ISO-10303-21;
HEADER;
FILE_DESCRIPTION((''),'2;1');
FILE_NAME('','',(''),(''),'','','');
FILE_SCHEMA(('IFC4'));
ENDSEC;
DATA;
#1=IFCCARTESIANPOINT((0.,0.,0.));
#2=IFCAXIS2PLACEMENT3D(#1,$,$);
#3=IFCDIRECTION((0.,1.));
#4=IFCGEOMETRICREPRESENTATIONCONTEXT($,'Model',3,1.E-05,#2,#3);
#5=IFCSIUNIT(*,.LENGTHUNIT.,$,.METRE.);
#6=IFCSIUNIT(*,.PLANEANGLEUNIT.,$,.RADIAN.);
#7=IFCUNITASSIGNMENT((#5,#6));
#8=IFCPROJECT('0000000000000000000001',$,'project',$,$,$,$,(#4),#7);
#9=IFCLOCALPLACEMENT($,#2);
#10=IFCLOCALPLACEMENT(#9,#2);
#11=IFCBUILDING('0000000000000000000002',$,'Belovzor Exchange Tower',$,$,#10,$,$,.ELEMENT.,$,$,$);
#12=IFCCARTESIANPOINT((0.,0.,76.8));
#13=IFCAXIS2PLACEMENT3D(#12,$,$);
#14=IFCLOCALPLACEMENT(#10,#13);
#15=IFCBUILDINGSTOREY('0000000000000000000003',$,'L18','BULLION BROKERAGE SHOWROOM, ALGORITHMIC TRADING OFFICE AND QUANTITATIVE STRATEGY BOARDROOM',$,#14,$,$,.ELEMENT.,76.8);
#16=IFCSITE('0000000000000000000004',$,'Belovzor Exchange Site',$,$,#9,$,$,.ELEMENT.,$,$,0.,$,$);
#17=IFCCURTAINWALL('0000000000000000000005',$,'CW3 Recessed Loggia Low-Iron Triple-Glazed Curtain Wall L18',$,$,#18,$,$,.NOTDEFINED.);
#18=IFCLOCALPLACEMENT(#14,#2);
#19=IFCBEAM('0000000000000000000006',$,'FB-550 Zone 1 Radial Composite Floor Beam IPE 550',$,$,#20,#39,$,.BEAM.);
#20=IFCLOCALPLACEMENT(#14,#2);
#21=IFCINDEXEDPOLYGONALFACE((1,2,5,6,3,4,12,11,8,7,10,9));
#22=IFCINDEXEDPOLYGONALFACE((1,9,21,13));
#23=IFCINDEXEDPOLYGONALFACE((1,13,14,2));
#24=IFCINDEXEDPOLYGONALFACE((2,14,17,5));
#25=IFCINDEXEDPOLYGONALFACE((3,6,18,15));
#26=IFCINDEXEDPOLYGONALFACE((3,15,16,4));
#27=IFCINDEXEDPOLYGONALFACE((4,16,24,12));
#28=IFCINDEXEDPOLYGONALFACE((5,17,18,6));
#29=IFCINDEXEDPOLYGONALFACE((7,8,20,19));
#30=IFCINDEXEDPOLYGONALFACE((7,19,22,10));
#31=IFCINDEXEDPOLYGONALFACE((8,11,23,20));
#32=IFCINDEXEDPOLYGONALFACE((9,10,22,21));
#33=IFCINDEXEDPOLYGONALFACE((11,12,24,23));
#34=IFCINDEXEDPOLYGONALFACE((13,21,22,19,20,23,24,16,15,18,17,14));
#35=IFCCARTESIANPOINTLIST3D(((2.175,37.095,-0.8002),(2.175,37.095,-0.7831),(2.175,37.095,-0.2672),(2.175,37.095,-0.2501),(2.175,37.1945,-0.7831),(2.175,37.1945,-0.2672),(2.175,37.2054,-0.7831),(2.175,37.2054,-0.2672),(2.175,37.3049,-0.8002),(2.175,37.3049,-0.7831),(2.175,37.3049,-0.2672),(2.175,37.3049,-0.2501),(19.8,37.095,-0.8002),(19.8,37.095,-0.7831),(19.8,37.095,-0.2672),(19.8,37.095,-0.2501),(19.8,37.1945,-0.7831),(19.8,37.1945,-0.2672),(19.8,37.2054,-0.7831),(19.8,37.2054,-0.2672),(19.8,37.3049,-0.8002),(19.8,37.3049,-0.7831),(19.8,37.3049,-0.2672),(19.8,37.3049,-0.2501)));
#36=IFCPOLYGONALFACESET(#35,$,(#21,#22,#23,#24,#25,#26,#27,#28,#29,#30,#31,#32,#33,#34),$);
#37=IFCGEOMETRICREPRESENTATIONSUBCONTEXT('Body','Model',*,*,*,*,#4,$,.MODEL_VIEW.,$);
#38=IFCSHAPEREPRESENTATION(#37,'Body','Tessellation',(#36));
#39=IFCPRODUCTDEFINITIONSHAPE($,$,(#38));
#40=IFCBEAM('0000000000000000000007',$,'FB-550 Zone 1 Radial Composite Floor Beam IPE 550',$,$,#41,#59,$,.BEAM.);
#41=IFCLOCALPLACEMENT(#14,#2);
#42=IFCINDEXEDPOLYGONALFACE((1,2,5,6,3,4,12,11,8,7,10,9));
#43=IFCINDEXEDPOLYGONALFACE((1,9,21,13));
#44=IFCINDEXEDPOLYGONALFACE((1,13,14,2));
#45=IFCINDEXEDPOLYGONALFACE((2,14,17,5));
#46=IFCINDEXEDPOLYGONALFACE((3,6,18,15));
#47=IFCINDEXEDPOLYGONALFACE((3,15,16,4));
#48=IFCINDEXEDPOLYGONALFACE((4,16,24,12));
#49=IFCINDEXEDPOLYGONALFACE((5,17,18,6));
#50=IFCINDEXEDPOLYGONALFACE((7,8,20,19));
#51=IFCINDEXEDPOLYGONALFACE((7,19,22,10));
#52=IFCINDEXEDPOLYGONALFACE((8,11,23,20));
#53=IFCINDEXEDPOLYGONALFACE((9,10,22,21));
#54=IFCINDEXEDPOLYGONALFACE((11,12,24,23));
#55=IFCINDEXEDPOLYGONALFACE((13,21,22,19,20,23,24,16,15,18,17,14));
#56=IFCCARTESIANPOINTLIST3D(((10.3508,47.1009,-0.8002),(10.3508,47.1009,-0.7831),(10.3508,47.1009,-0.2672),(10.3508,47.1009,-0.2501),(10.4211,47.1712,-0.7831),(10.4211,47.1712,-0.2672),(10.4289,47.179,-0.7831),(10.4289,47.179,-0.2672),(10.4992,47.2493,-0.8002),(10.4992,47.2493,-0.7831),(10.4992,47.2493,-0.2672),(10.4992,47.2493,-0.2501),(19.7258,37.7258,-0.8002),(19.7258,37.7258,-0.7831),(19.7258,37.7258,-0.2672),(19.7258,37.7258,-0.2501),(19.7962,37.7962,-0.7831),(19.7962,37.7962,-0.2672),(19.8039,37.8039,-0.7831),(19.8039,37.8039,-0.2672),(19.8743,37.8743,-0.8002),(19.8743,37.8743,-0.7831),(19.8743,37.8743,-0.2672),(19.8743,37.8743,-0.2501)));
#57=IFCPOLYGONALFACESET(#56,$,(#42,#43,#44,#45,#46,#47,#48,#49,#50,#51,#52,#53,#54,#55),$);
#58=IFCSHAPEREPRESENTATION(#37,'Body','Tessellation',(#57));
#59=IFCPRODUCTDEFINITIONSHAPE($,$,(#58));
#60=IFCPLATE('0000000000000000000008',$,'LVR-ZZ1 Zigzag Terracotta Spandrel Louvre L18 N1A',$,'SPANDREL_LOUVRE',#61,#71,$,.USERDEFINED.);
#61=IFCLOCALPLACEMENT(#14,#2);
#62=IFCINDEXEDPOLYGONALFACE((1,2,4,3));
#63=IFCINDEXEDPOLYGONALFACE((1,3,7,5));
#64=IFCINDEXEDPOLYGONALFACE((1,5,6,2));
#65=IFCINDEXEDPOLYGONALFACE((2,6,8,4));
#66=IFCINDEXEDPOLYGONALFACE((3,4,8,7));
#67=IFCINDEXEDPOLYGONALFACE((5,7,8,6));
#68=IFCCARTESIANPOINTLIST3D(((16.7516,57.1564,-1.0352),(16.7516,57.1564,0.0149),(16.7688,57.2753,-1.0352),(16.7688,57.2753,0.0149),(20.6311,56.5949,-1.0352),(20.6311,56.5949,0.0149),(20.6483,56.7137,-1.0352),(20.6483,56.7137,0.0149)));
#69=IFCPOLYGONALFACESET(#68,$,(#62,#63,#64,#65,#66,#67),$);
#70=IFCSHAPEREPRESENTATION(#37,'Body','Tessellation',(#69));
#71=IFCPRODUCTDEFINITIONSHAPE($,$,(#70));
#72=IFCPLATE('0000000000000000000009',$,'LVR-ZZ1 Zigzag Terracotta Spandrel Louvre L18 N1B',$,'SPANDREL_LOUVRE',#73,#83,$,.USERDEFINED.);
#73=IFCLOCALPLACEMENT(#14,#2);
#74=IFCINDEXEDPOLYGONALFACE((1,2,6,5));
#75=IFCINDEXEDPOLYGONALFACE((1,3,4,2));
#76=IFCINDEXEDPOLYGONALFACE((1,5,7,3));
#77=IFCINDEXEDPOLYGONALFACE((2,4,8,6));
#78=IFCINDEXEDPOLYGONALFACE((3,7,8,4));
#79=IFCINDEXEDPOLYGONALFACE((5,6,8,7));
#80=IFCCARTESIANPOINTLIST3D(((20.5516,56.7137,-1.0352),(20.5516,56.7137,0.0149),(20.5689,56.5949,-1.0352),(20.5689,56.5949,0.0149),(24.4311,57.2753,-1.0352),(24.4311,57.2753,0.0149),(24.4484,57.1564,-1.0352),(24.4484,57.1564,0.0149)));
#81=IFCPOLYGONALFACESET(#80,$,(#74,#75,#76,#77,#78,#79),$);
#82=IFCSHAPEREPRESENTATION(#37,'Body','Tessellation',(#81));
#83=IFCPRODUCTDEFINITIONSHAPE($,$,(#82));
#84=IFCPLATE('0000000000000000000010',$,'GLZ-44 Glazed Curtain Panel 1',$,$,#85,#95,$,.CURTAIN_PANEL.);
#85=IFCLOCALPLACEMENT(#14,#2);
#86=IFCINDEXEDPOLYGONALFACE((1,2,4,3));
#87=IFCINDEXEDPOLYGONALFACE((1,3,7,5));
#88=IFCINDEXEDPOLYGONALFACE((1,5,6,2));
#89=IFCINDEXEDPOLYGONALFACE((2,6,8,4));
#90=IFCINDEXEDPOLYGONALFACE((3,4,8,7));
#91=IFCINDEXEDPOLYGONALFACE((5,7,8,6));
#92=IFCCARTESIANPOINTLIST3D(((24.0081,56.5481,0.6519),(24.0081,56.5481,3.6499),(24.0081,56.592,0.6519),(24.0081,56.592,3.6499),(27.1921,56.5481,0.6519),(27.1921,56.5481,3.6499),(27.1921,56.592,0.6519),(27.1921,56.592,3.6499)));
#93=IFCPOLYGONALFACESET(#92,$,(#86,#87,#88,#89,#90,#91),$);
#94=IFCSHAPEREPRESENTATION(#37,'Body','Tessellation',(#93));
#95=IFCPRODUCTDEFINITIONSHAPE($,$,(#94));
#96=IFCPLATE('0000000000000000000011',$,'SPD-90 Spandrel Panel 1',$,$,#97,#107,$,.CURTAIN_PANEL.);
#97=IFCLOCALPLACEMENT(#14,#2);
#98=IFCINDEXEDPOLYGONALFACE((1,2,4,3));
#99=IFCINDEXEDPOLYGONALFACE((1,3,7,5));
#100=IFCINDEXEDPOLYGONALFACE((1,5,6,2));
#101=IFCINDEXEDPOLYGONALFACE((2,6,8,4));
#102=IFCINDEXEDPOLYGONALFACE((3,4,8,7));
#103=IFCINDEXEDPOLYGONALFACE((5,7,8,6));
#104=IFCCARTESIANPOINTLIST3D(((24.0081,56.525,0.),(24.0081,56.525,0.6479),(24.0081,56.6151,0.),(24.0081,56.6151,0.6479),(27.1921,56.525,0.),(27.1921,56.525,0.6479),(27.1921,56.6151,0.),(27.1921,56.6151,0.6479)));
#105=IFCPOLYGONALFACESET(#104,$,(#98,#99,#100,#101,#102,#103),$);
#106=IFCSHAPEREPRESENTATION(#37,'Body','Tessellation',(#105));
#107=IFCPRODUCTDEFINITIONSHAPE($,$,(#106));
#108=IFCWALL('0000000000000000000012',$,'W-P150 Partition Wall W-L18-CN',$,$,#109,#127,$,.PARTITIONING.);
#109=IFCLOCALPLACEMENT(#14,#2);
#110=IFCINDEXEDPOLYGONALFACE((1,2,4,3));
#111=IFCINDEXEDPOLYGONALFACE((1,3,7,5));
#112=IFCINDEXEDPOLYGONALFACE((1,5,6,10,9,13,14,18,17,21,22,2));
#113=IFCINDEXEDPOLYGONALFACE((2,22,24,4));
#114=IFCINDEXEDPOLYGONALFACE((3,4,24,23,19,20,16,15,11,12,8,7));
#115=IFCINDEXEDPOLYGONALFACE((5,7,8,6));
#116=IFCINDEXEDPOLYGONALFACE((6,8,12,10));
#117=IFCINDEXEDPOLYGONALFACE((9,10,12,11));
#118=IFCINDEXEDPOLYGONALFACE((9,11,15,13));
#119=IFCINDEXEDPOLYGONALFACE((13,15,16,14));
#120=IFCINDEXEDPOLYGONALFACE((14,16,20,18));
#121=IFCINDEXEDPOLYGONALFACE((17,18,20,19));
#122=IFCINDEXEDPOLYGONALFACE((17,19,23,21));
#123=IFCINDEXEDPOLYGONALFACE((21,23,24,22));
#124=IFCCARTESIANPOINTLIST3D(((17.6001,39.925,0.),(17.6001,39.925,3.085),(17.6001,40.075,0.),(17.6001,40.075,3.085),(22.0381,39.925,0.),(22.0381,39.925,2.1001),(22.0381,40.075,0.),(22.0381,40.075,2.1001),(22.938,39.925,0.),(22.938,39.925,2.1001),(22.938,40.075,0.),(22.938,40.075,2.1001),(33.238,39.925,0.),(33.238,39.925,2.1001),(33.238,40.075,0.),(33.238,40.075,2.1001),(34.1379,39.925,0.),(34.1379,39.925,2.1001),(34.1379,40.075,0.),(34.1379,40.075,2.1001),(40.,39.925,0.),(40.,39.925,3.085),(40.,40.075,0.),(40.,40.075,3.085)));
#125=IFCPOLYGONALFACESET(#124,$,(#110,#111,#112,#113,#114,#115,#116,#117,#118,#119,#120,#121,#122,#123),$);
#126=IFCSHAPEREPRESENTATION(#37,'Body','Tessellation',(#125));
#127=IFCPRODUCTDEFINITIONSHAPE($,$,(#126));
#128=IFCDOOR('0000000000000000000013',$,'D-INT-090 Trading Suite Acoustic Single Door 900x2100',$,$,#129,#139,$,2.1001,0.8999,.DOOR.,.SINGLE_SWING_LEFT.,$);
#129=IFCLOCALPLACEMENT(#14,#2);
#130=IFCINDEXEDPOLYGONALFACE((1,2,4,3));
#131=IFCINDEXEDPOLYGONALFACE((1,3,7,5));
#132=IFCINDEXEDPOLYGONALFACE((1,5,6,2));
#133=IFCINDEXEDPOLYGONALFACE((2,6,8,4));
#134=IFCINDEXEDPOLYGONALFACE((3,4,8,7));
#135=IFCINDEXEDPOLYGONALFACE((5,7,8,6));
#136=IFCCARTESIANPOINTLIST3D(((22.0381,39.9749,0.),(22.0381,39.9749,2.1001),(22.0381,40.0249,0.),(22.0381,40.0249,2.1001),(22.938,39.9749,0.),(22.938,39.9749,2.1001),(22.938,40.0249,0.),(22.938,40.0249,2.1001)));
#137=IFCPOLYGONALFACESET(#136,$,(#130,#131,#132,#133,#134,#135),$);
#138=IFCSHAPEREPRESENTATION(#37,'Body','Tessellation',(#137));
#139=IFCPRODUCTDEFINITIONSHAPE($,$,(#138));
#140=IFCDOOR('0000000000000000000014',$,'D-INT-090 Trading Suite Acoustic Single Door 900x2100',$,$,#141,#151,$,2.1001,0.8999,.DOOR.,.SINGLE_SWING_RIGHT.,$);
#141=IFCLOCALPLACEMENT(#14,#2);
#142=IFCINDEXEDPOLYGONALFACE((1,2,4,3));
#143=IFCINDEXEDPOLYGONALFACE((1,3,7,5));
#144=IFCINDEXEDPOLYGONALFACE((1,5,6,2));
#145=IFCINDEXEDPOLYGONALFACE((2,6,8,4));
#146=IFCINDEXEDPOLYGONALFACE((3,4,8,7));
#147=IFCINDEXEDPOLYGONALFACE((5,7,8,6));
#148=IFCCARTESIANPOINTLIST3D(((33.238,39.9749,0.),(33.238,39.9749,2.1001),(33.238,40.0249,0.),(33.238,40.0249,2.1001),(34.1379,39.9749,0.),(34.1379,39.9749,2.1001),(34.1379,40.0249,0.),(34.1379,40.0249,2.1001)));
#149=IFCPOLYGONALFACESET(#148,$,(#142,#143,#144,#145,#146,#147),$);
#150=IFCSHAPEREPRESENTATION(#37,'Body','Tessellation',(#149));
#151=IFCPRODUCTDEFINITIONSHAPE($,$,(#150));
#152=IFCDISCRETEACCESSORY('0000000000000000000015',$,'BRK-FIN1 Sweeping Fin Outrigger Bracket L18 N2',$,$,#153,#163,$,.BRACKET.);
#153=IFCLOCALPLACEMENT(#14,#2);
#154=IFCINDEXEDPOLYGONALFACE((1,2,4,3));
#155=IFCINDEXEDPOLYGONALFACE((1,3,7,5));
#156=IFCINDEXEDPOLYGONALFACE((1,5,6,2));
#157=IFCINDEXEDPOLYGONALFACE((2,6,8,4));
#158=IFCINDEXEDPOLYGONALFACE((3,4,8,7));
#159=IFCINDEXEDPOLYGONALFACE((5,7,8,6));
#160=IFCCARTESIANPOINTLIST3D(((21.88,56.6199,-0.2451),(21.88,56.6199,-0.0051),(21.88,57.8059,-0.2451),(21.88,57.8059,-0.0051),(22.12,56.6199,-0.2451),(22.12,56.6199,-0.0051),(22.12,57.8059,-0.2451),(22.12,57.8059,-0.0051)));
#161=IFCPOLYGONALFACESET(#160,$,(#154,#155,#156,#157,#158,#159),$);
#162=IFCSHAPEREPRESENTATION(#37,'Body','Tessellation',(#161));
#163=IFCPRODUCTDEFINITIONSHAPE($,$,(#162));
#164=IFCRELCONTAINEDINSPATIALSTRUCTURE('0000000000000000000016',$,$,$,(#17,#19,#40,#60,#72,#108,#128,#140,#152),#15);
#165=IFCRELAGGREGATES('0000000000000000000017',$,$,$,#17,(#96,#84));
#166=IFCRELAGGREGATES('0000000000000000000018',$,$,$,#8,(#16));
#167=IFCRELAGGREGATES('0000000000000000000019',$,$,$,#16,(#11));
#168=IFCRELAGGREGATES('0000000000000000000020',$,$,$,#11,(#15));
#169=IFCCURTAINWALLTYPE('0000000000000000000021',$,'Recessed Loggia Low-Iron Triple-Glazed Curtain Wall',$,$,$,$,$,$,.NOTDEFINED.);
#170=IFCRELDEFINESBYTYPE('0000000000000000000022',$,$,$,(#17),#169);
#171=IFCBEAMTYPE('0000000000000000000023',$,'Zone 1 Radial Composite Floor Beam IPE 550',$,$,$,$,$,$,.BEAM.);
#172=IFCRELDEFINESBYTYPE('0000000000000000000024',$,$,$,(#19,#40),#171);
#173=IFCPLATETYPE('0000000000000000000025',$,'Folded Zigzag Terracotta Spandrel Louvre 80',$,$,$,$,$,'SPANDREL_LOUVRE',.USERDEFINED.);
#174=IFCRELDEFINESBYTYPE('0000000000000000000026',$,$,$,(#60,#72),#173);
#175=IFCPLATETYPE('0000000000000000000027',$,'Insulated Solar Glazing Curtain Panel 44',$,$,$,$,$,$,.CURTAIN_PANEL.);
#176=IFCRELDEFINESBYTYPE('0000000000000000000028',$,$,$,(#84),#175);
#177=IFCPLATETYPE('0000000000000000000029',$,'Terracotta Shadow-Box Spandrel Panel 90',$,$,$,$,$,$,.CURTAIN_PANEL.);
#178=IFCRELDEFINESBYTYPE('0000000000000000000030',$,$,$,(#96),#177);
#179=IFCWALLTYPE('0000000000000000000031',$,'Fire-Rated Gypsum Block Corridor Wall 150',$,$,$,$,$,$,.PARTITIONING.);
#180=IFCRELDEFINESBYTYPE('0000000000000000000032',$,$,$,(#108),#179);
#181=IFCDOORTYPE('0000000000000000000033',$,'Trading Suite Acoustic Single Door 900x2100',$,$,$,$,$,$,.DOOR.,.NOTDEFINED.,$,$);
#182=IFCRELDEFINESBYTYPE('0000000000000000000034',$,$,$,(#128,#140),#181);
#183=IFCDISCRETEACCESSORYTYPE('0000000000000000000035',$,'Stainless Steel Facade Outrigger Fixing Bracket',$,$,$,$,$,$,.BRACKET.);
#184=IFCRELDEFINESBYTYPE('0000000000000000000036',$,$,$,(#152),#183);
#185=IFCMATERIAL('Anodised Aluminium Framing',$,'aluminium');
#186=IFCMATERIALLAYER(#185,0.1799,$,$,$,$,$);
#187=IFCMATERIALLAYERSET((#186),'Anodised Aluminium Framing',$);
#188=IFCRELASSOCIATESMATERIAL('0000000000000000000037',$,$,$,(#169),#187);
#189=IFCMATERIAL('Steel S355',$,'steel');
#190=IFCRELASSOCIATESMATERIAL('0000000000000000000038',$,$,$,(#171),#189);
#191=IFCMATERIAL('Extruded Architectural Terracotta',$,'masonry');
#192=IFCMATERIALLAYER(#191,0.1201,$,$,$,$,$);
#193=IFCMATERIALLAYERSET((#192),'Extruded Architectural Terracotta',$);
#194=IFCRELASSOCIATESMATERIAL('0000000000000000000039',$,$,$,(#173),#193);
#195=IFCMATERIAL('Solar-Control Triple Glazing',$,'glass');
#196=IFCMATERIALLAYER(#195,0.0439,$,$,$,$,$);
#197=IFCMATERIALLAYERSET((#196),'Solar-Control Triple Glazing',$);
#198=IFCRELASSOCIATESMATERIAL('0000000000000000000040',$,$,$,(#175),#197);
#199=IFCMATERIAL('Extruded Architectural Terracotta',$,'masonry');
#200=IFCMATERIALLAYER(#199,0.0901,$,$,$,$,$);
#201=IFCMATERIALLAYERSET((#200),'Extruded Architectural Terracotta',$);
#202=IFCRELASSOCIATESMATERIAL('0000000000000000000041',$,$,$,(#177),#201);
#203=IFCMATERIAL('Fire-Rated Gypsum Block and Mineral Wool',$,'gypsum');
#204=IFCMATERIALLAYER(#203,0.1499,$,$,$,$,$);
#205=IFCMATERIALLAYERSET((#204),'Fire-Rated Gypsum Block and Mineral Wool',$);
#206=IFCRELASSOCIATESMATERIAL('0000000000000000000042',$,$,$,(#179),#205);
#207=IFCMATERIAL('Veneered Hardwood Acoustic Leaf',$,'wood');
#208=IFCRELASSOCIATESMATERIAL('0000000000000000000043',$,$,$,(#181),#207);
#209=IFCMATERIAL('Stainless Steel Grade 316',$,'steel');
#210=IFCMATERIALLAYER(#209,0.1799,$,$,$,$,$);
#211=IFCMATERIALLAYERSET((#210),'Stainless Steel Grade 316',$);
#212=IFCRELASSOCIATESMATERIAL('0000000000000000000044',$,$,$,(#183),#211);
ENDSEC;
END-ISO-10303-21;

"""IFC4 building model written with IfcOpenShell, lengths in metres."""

from ifc_helpers import new_model, si_unit, direction, frame, frame_2d, origin, origin_2d, place, context, subcontext, project, spatial, rectangle, i_section, extrude, material, layer, layer_set, material_profile, profile_set, type_object, element, fill, aggregate, save


model = new_model("IFC4")

# Units and contexts
model_context = context("Model", 3, precision=1e-05, world=origin(), true_north=direction((0.0, 1.0)))
body_context = subcontext(model_context, "Body", "Model", "MODEL_VIEW")
ifc_project = project(units=[si_unit("LENGTHUNIT", "METRE"), si_unit("PLANEANGLEUNIT", "RADIAN")], contexts=[model_context])

# Site, building, storey
site_placement = place(None, origin())
site = spatial("IfcSite", under=ifc_project, at=site_placement, Name="Belovzor Exchange Site", CompositionType="ELEMENT", RefElevation=0.0)
building_placement = place(site_placement, origin())
building = spatial("IfcBuilding", under=site, at=building_placement, Name="Belovzor Exchange Tower", CompositionType="ELEMENT")
storey_placement = place(building_placement, frame((0.0, 0.0, 76.8)))
storey = spatial("IfcBuildingStorey", under=building, at=storey_placement, Name="L18", Description="BULLION BROKERAGE SHOWROOM, ALGORITHMIC TRADING OFFICE AND QUANTITATIVE STRATEGY BOARDROOM", CompositionType="ELEMENT", Elevation=76.8)

# Curtain wall
ifc_material_1 = material(Name="Anodised Aluminium Framing", Category="aluminium")
ifc_layer_1 = layer(ifc_material_1, 0.1799)
ifc_layer_set_1 = layer_set([ifc_layer_1], Name="Anodised Aluminium Framing")
curtain_wall_type = type_object("IfcCurtainWallType", Name="Recessed Loggia Low-Iron Triple-Glazed Curtain Wall", PredefinedType="NOTDEFINED", material=ifc_layer_set_1)
curtain_wall_placement = place(storey_placement, origin())
curtain_wall = element("IfcCurtainWall", 1, at=curtain_wall_placement, inside=storey, type_object=curtain_wall_type, Name="CW3 Recessed Loggia Low-Iron Triple-Glazed Curtain Wall L18", PredefinedType="NOTDEFINED")

# Beams
ifc_material_2 = material(Name="Steel S355", Category="steel")
ifc_material_profile_1 = material_profile(ifc_material_2, i_section(OverallWidth=0.21, OverallDepth=0.55, WebThickness=0.011, FlangeThickness=0.0171, at=origin_2d()))
ifc_profile_set_1 = profile_set([ifc_material_profile_1], Name="Steel S355")
beam_type_1 = type_object("IfcBeamType", Name="Zone 1 Radial Composite Floor Beam IPE 550", PredefinedType="BEAM", material=ifc_profile_set_1)
for number, where, z_axis, x_axis, name in (
    (2, (19.8, 37.2, -0.5251), (-1.0, 0.0, 0.0), (0.0, -1.0, 0.0), "FB-550 Zone 1 Radial Composite Floor Beam IPE 550"),
):
    element("IfcBeam", number, at=place(storey_placement, frame(where, z_axis=z_axis, x_axis=x_axis)), inside=storey, type_object=beam_type_1, Name=name, PredefinedType="BEAM", context=body_context, shape_type="SweptSolid", body=[
        extrude(i_section(OverallWidth=0.21, OverallDepth=0.55, WebThickness=0.011, FlangeThickness=0.0171, at=origin_2d()), origin(), (0.0, 0.0, 1.0), 17.625),
    ])
beam_1_placement = place(storey_placement, frame((19.8, 37.8, -0.5251), z_axis=(-0.707107, 0.707107, 0.0), x_axis=(-0.707107, -0.707107, 0.0)))
element("IfcBeam", 3, at=beam_1_placement, inside=storey, type_object=beam_type_1, Name="FB-550 Zone 1 Radial Composite Floor Beam IPE 550", PredefinedType="BEAM", context=body_context, shape_type="SweptSolid", body=[
    extrude(i_section(OverallWidth=0.21, OverallDepth=0.55, WebThickness=0.011, FlangeThickness=0.0171, at=origin_2d()), origin(), (0.0, 0.0, 1.0), 13.2583),
])

# Plates
ifc_material_3 = material(Name="Extruded Architectural Terracotta", Category="masonry")
ifc_layer_2 = layer(ifc_material_3, 0.1201)
ifc_layer_set_2 = layer_set([ifc_layer_2], Name="Extruded Architectural Terracotta")
plate_type_1 = type_object("IfcPlateType", Name="Folded Zigzag Terracotta Spandrel Louvre 80", ElementType="SPANDREL_LOUVRE", PredefinedType="USERDEFINED", material=ifc_layer_set_2)
for number, where, z_axis, x_axis, name in (
    (4, (18.7, 56.9351, -1.0352), (0.0, 0.0, 1.0), (0.989686, -0.143251, 0.0), "LVR-ZZ1 Zigzag Terracotta Spandrel Louvre L18 N1A"),
    (5, (22.5, 56.9351, -1.0352), (0.0, 0.0, 1.0), (0.989686, 0.143251, 0.0), "LVR-ZZ1 Zigzag Terracotta Spandrel Louvre L18 N1B"),
):
    element("IfcPlate", number, at=place(storey_placement, frame(where, z_axis=z_axis, x_axis=x_axis)), inside=storey, type_object=plate_type_1, Name=name, ObjectType="SPANDREL_LOUVRE", PredefinedType="USERDEFINED", context=body_context, shape_type="SweptSolid", body=[
        extrude(rectangle(XDim=3.9199, YDim=0.1201, at=origin_2d()), origin(), (0.0, 0.0, 1.0), 1.05),
    ])

# Plates
ifc_material_4 = material(Name="Solar-Control Triple Glazing", Category="glass")
ifc_layer_3 = layer(ifc_material_4, 0.0439)
ifc_layer_set_3 = layer_set([ifc_layer_3], Name="Solar-Control Triple Glazing")
plate_type_2 = type_object("IfcPlateType", Name="Insulated Solar Glazing Curtain Panel 44", PredefinedType="CURTAIN_PANEL", material=ifc_layer_set_3)
plate_1_placement = place(storey_placement, frame((25.6001, 56.5701, 0.6519), z_axis=(0.0, 0.0, 1.0), x_axis=(1.0, 0.0, 0.0)))
plate_1 = element("IfcPlate", 6, at=plate_1_placement, type_object=plate_type_2, Name="GLZ-44 Glazed Curtain Panel 1", PredefinedType="CURTAIN_PANEL", context=body_context, shape_type="SweptSolid", body=[
    extrude(rectangle(XDim=3.1841, YDim=0.0439, at=origin_2d()), origin(), (0.0, 0.0, 1.0), 2.998),
])
ifc_material_5 = material(Name="Extruded Architectural Terracotta", Category="masonry")
ifc_layer_4 = layer(ifc_material_5, 0.0901)
ifc_layer_set_4 = layer_set([ifc_layer_4], Name="Extruded Architectural Terracotta")
plate_type_3 = type_object("IfcPlateType", Name="Terracotta Shadow-Box Spandrel Panel 90", PredefinedType="CURTAIN_PANEL", material=ifc_layer_set_4)
plate_2_placement = place(storey_placement, frame((25.6001, 56.5701, 0.0), z_axis=(0.0, 0.0, 1.0), x_axis=(1.0, 0.0, 0.0)))
plate_2 = element("IfcPlate", 7, at=plate_2_placement, type_object=plate_type_3, Name="SPD-90 Spandrel Panel 1", PredefinedType="CURTAIN_PANEL", context=body_context, shape_type="SweptSolid", body=[
    extrude(rectangle(XDim=3.1841, YDim=0.0901, at=origin_2d()), origin(), (0.0, 0.0, 1.0), 0.6479),
])
aggregate(curtain_wall, [plate_2, plate_1])

# Wall, openings, doors
ifc_material_6 = material(Name="Fire-Rated Gypsum Block and Mineral Wool", Category="gypsum")
ifc_layer_5 = layer(ifc_material_6, 0.1499)
ifc_layer_set_5 = layer_set([ifc_layer_5], Name="Fire-Rated Gypsum Block and Mineral Wool")
wall_type_1 = type_object("IfcWallType", Name="Fire-Rated Gypsum Block Corridor Wall 150", PredefinedType="PARTITIONING", material=ifc_layer_set_5)
wall_1_placement = place(storey_placement, frame((17.6001, 40.0, 0.0), z_axis=(0.0, 0.0, 1.0), x_axis=(1.0, 0.0, 0.0)))
wall_1 = element("IfcWall", 8, at=wall_1_placement, inside=storey, type_object=wall_type_1, Name="W-P150 Partition Wall W-L18-CN", PredefinedType="PARTITIONING", context=body_context, shape_type="SweptSolid", body=[
    extrude(rectangle(XDim=22.3999, YDim=0.1499, at=frame_2d((11.2, 0.0))), origin(), (0.0, 0.0, 1.0), 3.085),
])
opening_1_placement = place(wall_1_placement, frame((4.438, 0.0, 0.0)))
opening_1 = element("IfcOpeningElement", 9, at=opening_1_placement, cuts=wall_1, PredefinedType="OPENING", context=body_context, shape_type="SweptSolid", body=[
    extrude(rectangle(XDim=0.8999, YDim=2.1001, at=frame_2d((0.45, 1.05))), frame((0.0, 0.085, 0.0), z_axis=(0.0, -1.0, 0.0), x_axis=(1.0, 0.0, 0.0)), (0.0, 0.0, 1.0), 0.1699),
])
opening_2_placement = place(wall_1_placement, frame((15.6379, 0.0, 0.0)))
opening_2 = element("IfcOpeningElement", 10, at=opening_2_placement, cuts=wall_1, PredefinedType="OPENING", context=body_context, shape_type="SweptSolid", body=[
    extrude(rectangle(XDim=0.8999, YDim=2.1001, at=frame_2d((0.45, 1.05))), frame((0.0, 0.085, 0.0), z_axis=(0.0, -1.0, 0.0), x_axis=(1.0, 0.0, 0.0)), (0.0, 0.0, 1.0), 0.1699),
])
ifc_material_7 = material(Name="Veneered Hardwood Acoustic Leaf", Category="wood")
door_type_1 = type_object("IfcDoorType", Name="Trading Suite Acoustic Single Door 900x2100", OperationType="NOTDEFINED", PredefinedType="DOOR", material=ifc_material_7)
door_1_placement = place(opening_1_placement, origin())
door_1 = element("IfcDoor", 11, at=door_1_placement, inside=storey, type_object=door_type_1, Name="D-INT-090 Trading Suite Acoustic Single Door 900x2100", OperationType="SINGLE_SWING_LEFT", OverallHeight=2.1001, OverallWidth=0.8999, PredefinedType="DOOR", context=body_context, shape_type="SweptSolid", body=[
    extrude(rectangle(XDim=0.8999, YDim=2.1001, at=frame_2d((0.45, 1.05))), frame((0.0, 0.0249, 0.0), z_axis=(0.0, -1.0, 0.0), x_axis=(1.0, 0.0, 0.0)), (0.0, 0.0, 1.0), 0.05),
])
fill(opening_1, door_1)
door_2_placement = place(opening_2_placement, origin())
door_2 = element("IfcDoor", 12, at=door_2_placement, inside=storey, type_object=door_type_1, Name="D-INT-090 Trading Suite Acoustic Single Door 900x2100", OperationType="SINGLE_SWING_RIGHT", OverallHeight=2.1001, OverallWidth=0.8999, PredefinedType="DOOR", context=body_context, shape_type="SweptSolid", body=[
    extrude(rectangle(XDim=0.8999, YDim=2.1001, at=frame_2d((0.45, 1.05))), frame((0.0, 0.0249, 0.0), z_axis=(0.0, -1.0, 0.0), x_axis=(1.0, 0.0, 0.0)), (0.0, 0.0, 1.0), 0.05),
])
fill(opening_2, door_2)

# Discrete accessory
ifc_material_8 = material(Name="Stainless Steel Grade 316", Category="steel")
ifc_layer_6 = layer(ifc_material_8, 0.1799)
ifc_layer_set_6 = layer_set([ifc_layer_6], Name="Stainless Steel Grade 316")
discrete_accessory_type = type_object("IfcDiscreteAccessoryType", Name="Stainless Steel Facade Outrigger Fixing Bracket", PredefinedType="BRACKET", material=ifc_layer_set_6)
discrete_accessory_placement = place(storey_placement, frame((22.0, 57.2129, -0.2451), z_axis=(0.0, 0.0, 1.0), x_axis=(0.0, 1.0, 0.0)))
element("IfcDiscreteAccessory", 13, at=discrete_accessory_placement, inside=storey, type_object=discrete_accessory_type, Name="BRK-FIN1 Sweeping Fin Outrigger Bracket L18 N2", PredefinedType="BRACKET", context=body_context, shape_type="SweptSolid", body=[
    extrude(rectangle(XDim=1.186, YDim=0.24, at=origin_2d()), origin(), (0.0, 0.0, 1.0), 0.24),
])

save(model, "model.ifc")
